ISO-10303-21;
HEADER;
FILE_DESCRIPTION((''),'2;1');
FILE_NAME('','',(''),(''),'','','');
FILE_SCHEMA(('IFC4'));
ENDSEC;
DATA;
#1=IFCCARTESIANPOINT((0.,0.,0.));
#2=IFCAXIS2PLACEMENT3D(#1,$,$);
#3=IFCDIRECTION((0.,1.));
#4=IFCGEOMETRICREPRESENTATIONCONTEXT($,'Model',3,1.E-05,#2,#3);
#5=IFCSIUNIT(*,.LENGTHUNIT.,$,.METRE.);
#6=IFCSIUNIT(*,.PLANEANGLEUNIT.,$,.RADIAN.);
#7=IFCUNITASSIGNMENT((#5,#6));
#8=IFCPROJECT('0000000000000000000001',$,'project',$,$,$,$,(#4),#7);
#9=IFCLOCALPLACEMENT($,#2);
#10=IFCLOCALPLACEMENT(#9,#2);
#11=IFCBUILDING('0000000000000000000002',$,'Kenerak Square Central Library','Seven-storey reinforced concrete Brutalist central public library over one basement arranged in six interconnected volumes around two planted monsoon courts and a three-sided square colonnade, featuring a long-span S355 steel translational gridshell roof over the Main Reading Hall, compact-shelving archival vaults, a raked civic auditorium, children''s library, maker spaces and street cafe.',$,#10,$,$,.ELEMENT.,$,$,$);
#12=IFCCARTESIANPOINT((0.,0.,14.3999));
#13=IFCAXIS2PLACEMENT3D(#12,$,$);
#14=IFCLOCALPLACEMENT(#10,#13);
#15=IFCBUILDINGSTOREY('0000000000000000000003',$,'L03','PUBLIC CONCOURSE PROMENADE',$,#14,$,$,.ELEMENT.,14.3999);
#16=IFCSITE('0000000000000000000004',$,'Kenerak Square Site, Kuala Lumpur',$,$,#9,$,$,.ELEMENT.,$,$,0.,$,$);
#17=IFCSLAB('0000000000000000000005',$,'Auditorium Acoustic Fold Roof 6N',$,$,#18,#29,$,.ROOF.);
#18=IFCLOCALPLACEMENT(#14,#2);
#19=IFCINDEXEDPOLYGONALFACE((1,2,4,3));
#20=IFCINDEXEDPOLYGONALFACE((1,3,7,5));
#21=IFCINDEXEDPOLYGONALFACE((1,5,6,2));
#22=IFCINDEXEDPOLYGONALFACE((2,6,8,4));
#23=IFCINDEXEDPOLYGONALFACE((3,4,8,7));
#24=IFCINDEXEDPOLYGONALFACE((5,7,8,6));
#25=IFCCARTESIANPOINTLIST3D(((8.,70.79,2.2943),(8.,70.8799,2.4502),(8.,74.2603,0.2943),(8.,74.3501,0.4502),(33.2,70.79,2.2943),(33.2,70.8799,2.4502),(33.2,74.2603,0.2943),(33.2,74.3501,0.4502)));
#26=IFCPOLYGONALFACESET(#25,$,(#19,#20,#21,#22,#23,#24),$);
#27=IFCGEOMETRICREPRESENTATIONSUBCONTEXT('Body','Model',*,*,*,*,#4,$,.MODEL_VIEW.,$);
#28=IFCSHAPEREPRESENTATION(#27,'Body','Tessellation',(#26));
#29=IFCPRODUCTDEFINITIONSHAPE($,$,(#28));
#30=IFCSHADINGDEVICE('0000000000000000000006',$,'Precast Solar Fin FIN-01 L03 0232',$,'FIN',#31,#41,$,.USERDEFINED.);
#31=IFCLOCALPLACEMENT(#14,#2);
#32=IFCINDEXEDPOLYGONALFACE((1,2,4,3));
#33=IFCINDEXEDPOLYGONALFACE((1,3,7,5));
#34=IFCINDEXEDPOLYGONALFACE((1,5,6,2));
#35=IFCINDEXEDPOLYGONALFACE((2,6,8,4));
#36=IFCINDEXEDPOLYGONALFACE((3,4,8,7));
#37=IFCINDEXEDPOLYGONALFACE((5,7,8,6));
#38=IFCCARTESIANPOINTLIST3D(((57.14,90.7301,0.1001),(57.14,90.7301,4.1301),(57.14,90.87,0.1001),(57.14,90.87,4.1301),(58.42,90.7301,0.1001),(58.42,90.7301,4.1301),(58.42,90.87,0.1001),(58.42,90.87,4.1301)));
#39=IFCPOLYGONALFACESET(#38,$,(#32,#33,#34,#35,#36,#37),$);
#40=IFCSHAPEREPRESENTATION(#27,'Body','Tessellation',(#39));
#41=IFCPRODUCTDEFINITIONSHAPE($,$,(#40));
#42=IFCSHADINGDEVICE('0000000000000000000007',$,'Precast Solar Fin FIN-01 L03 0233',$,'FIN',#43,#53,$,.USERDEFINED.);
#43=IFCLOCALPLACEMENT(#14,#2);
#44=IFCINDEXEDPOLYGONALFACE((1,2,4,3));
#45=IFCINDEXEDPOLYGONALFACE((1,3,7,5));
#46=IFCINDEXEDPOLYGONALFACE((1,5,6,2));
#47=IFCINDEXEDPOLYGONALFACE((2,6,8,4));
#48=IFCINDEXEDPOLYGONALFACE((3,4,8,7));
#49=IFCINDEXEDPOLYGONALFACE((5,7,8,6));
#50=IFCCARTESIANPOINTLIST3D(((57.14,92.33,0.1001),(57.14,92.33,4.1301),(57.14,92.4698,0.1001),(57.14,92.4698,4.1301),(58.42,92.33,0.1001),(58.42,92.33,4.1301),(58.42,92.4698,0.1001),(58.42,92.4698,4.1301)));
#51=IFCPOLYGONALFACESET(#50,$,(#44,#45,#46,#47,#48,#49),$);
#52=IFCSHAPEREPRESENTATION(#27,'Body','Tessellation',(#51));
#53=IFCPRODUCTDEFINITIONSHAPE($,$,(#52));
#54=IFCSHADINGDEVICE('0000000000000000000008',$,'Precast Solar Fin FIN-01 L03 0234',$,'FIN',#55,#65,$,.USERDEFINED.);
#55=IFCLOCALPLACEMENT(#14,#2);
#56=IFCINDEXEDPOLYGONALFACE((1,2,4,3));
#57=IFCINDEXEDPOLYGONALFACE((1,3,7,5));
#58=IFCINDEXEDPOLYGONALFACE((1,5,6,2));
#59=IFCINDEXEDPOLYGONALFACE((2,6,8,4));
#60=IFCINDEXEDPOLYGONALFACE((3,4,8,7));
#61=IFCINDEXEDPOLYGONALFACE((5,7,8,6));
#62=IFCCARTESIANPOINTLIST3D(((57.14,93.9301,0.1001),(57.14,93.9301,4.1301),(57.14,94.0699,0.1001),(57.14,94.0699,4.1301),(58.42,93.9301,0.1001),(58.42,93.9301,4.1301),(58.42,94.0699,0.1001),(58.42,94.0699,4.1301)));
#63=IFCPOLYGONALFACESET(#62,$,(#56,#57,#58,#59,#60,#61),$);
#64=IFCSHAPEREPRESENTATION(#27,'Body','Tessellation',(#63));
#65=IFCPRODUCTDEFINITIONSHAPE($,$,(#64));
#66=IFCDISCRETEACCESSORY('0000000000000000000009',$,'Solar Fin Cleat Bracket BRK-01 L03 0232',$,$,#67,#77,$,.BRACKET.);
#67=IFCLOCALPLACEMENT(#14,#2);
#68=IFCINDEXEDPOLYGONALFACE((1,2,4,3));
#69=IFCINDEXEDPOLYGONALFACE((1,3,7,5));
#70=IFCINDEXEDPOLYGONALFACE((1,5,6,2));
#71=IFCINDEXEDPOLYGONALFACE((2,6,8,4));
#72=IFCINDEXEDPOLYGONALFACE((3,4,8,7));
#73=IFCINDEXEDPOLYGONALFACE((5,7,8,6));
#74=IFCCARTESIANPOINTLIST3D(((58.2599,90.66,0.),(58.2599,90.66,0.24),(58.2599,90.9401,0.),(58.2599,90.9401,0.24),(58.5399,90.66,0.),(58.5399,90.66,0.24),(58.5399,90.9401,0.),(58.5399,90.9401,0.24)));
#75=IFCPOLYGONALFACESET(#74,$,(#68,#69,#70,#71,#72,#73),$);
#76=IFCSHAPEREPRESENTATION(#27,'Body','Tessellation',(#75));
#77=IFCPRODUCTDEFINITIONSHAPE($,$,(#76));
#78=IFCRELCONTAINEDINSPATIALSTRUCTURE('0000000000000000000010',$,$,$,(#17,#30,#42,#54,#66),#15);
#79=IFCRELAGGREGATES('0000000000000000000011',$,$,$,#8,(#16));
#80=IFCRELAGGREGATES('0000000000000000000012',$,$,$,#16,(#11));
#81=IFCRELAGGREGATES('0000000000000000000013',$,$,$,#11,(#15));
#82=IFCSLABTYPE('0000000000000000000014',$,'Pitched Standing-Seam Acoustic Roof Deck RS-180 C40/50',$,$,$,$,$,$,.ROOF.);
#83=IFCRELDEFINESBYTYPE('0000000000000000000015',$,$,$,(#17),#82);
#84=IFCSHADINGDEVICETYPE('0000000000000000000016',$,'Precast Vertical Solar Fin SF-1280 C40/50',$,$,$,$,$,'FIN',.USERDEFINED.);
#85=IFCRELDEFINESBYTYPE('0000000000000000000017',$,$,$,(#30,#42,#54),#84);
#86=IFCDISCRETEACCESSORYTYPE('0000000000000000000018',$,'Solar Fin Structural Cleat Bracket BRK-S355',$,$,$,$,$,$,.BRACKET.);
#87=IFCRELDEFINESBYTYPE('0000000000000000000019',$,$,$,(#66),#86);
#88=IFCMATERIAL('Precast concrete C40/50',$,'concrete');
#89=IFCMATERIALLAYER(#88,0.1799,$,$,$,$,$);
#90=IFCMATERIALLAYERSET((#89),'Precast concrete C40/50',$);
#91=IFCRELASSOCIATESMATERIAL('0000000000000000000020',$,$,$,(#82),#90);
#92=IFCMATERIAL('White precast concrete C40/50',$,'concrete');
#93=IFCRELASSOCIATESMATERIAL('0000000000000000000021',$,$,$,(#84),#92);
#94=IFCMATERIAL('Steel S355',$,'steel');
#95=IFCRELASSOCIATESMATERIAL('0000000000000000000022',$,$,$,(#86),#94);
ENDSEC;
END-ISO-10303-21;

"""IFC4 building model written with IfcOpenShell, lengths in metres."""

from ifc_helpers import new_model, si_unit, direction, frame, origin, origin_2d, place, context, subcontext, project, spatial, polyline, rectangle, outline, extrude, material, layer, layer_set, type_object, element, save


model = new_model("IFC4")

# Units and contexts
model_context = context("Model", 3, precision=1e-05, world=origin(), true_north=direction((0.0, 1.0)))
body_context = subcontext(model_context, "Body", "Model", "MODEL_VIEW")
ifc_project = project(units=[si_unit("LENGTHUNIT", "METRE"), si_unit("PLANEANGLEUNIT", "RADIAN")], contexts=[model_context])

# Site, building, storey
site_placement = place(None, origin())
site = spatial("IfcSite", under=ifc_project, at=site_placement, Name="Kenerak Square Site, Kuala Lumpur", CompositionType="ELEMENT", RefElevation=0.0)
building_placement = place(site_placement, origin())
building = spatial("IfcBuilding", under=site, at=building_placement, Name="Kenerak Square Central Library", Description="Seven-storey reinforced concrete Brutalist central public library over one basement arranged in six interconnected volumes around two planted monsoon courts and a three-sided square colonnade, featuring a long-span S355 steel translational gridshell roof over the Main Reading Hall, compact-shelving archival vaults, a raked civic auditorium, children's library, maker spaces and street cafe.", CompositionType="ELEMENT")
storey_placement = place(building_placement, frame((0.0, 0.0, 14.3999)))
storey = spatial("IfcBuildingStorey", under=building, at=storey_placement, Name="L03", Description="PUBLIC CONCOURSE PROMENADE", CompositionType="ELEMENT", Elevation=14.3999)

# Shared definitions
ifc_material_1 = material(Name="Steel S355", Category="steel")

# Slab
ifc_material_2 = material(Name="Precast concrete C40/50", Category="concrete")
ifc_layer_1 = layer(ifc_material_2, 0.1799)
ifc_layer_set_1 = layer_set([ifc_layer_1], Name="Precast concrete C40/50")
slab_type = type_object("IfcSlabType", Name="Pitched Standing-Seam Acoustic Roof Deck RS-180 C40/50", PredefinedType="ROOF", material=ifc_layer_set_1)
slab_1_placement = place(storey_placement, frame((8.0, 70.8799, 2.4502), z_axis=(0.0, 0.499339, 0.866407), x_axis=(1.0, 0.0, 0.0)))
element("IfcSlab", 1, at=slab_1_placement, inside=storey, type_object=slab_type, Name="Auditorium Acoustic Fold Roof 6N", PredefinedType="ROOF", context=body_context, shape_type="SweptSolid", body=[
    extrude(outline(polyline([(0.0, 0.0), (25.2, 0.0), (25.2, 4.0053), (0.0, 4.0053), (0.0, 0.0)])), origin(), (0.0, 0.0, -1.0), 0.1799),
])

# Shading devices
ifc_material_3 = material(Name="White precast concrete C40/50", Category="concrete")
shading_device_type = type_object("IfcShadingDeviceType", Name="Precast Vertical Solar Fin SF-1280 C40/50", ElementType="FIN", PredefinedType="USERDEFINED", material=ifc_material_3)
for number, where, z_axis, x_axis, name in (
    (2, (57.78, 90.8, 0.1001), (0.0, 0.0, 1.0), (0.0, 1.0, 0.0), "Precast Solar Fin FIN-01 L03 0232"),
    (3, (57.78, 92.3999, 0.1001), (0.0, 0.0, 1.0), (0.0, 1.0, 0.0), "Precast Solar Fin FIN-01 L03 0233"),
    (4, (57.78, 94.0, 0.1001), (0.0, 0.0, 1.0), (0.0, 1.0, 0.0), "Precast Solar Fin FIN-01 L03 0234"),
):
    element("IfcShadingDevice", number, at=place(storey_placement, frame(where, z_axis=z_axis, x_axis=x_axis)), inside=storey, type_object=shading_device_type, Name=name, ObjectType="FIN", PredefinedType="USERDEFINED", context=body_context, shape_type="SweptSolid", body=[
        extrude(rectangle(XDim=0.1399, YDim=1.28, at=origin_2d()), origin(), (0.0, 0.0, 1.0), 4.03),
    ])

# Discrete accessory
discrete_accessory_type = type_object("IfcDiscreteAccessoryType", Name="Solar Fin Structural Cleat Bracket BRK-S355", PredefinedType="BRACKET", material=ifc_material_1)
discrete_accessory_placement = place(storey_placement, frame((58.3999, 90.8, 0.0), z_axis=(0.0, 0.0, 1.0), x_axis=(0.0, 1.0, 0.0)))
element("IfcDiscreteAccessory", 5, at=discrete_accessory_placement, inside=storey, type_object=discrete_accessory_type, Name="Solar Fin Cleat Bracket BRK-01 L03 0232", PredefinedType="BRACKET", context=body_context, shape_type="SweptSolid", body=[
    extrude(rectangle(XDim=0.28, YDim=0.28, at=origin_2d()), origin(), (0.0, 0.0, 1.0), 0.24),
])

save(model, "model.ifc")
